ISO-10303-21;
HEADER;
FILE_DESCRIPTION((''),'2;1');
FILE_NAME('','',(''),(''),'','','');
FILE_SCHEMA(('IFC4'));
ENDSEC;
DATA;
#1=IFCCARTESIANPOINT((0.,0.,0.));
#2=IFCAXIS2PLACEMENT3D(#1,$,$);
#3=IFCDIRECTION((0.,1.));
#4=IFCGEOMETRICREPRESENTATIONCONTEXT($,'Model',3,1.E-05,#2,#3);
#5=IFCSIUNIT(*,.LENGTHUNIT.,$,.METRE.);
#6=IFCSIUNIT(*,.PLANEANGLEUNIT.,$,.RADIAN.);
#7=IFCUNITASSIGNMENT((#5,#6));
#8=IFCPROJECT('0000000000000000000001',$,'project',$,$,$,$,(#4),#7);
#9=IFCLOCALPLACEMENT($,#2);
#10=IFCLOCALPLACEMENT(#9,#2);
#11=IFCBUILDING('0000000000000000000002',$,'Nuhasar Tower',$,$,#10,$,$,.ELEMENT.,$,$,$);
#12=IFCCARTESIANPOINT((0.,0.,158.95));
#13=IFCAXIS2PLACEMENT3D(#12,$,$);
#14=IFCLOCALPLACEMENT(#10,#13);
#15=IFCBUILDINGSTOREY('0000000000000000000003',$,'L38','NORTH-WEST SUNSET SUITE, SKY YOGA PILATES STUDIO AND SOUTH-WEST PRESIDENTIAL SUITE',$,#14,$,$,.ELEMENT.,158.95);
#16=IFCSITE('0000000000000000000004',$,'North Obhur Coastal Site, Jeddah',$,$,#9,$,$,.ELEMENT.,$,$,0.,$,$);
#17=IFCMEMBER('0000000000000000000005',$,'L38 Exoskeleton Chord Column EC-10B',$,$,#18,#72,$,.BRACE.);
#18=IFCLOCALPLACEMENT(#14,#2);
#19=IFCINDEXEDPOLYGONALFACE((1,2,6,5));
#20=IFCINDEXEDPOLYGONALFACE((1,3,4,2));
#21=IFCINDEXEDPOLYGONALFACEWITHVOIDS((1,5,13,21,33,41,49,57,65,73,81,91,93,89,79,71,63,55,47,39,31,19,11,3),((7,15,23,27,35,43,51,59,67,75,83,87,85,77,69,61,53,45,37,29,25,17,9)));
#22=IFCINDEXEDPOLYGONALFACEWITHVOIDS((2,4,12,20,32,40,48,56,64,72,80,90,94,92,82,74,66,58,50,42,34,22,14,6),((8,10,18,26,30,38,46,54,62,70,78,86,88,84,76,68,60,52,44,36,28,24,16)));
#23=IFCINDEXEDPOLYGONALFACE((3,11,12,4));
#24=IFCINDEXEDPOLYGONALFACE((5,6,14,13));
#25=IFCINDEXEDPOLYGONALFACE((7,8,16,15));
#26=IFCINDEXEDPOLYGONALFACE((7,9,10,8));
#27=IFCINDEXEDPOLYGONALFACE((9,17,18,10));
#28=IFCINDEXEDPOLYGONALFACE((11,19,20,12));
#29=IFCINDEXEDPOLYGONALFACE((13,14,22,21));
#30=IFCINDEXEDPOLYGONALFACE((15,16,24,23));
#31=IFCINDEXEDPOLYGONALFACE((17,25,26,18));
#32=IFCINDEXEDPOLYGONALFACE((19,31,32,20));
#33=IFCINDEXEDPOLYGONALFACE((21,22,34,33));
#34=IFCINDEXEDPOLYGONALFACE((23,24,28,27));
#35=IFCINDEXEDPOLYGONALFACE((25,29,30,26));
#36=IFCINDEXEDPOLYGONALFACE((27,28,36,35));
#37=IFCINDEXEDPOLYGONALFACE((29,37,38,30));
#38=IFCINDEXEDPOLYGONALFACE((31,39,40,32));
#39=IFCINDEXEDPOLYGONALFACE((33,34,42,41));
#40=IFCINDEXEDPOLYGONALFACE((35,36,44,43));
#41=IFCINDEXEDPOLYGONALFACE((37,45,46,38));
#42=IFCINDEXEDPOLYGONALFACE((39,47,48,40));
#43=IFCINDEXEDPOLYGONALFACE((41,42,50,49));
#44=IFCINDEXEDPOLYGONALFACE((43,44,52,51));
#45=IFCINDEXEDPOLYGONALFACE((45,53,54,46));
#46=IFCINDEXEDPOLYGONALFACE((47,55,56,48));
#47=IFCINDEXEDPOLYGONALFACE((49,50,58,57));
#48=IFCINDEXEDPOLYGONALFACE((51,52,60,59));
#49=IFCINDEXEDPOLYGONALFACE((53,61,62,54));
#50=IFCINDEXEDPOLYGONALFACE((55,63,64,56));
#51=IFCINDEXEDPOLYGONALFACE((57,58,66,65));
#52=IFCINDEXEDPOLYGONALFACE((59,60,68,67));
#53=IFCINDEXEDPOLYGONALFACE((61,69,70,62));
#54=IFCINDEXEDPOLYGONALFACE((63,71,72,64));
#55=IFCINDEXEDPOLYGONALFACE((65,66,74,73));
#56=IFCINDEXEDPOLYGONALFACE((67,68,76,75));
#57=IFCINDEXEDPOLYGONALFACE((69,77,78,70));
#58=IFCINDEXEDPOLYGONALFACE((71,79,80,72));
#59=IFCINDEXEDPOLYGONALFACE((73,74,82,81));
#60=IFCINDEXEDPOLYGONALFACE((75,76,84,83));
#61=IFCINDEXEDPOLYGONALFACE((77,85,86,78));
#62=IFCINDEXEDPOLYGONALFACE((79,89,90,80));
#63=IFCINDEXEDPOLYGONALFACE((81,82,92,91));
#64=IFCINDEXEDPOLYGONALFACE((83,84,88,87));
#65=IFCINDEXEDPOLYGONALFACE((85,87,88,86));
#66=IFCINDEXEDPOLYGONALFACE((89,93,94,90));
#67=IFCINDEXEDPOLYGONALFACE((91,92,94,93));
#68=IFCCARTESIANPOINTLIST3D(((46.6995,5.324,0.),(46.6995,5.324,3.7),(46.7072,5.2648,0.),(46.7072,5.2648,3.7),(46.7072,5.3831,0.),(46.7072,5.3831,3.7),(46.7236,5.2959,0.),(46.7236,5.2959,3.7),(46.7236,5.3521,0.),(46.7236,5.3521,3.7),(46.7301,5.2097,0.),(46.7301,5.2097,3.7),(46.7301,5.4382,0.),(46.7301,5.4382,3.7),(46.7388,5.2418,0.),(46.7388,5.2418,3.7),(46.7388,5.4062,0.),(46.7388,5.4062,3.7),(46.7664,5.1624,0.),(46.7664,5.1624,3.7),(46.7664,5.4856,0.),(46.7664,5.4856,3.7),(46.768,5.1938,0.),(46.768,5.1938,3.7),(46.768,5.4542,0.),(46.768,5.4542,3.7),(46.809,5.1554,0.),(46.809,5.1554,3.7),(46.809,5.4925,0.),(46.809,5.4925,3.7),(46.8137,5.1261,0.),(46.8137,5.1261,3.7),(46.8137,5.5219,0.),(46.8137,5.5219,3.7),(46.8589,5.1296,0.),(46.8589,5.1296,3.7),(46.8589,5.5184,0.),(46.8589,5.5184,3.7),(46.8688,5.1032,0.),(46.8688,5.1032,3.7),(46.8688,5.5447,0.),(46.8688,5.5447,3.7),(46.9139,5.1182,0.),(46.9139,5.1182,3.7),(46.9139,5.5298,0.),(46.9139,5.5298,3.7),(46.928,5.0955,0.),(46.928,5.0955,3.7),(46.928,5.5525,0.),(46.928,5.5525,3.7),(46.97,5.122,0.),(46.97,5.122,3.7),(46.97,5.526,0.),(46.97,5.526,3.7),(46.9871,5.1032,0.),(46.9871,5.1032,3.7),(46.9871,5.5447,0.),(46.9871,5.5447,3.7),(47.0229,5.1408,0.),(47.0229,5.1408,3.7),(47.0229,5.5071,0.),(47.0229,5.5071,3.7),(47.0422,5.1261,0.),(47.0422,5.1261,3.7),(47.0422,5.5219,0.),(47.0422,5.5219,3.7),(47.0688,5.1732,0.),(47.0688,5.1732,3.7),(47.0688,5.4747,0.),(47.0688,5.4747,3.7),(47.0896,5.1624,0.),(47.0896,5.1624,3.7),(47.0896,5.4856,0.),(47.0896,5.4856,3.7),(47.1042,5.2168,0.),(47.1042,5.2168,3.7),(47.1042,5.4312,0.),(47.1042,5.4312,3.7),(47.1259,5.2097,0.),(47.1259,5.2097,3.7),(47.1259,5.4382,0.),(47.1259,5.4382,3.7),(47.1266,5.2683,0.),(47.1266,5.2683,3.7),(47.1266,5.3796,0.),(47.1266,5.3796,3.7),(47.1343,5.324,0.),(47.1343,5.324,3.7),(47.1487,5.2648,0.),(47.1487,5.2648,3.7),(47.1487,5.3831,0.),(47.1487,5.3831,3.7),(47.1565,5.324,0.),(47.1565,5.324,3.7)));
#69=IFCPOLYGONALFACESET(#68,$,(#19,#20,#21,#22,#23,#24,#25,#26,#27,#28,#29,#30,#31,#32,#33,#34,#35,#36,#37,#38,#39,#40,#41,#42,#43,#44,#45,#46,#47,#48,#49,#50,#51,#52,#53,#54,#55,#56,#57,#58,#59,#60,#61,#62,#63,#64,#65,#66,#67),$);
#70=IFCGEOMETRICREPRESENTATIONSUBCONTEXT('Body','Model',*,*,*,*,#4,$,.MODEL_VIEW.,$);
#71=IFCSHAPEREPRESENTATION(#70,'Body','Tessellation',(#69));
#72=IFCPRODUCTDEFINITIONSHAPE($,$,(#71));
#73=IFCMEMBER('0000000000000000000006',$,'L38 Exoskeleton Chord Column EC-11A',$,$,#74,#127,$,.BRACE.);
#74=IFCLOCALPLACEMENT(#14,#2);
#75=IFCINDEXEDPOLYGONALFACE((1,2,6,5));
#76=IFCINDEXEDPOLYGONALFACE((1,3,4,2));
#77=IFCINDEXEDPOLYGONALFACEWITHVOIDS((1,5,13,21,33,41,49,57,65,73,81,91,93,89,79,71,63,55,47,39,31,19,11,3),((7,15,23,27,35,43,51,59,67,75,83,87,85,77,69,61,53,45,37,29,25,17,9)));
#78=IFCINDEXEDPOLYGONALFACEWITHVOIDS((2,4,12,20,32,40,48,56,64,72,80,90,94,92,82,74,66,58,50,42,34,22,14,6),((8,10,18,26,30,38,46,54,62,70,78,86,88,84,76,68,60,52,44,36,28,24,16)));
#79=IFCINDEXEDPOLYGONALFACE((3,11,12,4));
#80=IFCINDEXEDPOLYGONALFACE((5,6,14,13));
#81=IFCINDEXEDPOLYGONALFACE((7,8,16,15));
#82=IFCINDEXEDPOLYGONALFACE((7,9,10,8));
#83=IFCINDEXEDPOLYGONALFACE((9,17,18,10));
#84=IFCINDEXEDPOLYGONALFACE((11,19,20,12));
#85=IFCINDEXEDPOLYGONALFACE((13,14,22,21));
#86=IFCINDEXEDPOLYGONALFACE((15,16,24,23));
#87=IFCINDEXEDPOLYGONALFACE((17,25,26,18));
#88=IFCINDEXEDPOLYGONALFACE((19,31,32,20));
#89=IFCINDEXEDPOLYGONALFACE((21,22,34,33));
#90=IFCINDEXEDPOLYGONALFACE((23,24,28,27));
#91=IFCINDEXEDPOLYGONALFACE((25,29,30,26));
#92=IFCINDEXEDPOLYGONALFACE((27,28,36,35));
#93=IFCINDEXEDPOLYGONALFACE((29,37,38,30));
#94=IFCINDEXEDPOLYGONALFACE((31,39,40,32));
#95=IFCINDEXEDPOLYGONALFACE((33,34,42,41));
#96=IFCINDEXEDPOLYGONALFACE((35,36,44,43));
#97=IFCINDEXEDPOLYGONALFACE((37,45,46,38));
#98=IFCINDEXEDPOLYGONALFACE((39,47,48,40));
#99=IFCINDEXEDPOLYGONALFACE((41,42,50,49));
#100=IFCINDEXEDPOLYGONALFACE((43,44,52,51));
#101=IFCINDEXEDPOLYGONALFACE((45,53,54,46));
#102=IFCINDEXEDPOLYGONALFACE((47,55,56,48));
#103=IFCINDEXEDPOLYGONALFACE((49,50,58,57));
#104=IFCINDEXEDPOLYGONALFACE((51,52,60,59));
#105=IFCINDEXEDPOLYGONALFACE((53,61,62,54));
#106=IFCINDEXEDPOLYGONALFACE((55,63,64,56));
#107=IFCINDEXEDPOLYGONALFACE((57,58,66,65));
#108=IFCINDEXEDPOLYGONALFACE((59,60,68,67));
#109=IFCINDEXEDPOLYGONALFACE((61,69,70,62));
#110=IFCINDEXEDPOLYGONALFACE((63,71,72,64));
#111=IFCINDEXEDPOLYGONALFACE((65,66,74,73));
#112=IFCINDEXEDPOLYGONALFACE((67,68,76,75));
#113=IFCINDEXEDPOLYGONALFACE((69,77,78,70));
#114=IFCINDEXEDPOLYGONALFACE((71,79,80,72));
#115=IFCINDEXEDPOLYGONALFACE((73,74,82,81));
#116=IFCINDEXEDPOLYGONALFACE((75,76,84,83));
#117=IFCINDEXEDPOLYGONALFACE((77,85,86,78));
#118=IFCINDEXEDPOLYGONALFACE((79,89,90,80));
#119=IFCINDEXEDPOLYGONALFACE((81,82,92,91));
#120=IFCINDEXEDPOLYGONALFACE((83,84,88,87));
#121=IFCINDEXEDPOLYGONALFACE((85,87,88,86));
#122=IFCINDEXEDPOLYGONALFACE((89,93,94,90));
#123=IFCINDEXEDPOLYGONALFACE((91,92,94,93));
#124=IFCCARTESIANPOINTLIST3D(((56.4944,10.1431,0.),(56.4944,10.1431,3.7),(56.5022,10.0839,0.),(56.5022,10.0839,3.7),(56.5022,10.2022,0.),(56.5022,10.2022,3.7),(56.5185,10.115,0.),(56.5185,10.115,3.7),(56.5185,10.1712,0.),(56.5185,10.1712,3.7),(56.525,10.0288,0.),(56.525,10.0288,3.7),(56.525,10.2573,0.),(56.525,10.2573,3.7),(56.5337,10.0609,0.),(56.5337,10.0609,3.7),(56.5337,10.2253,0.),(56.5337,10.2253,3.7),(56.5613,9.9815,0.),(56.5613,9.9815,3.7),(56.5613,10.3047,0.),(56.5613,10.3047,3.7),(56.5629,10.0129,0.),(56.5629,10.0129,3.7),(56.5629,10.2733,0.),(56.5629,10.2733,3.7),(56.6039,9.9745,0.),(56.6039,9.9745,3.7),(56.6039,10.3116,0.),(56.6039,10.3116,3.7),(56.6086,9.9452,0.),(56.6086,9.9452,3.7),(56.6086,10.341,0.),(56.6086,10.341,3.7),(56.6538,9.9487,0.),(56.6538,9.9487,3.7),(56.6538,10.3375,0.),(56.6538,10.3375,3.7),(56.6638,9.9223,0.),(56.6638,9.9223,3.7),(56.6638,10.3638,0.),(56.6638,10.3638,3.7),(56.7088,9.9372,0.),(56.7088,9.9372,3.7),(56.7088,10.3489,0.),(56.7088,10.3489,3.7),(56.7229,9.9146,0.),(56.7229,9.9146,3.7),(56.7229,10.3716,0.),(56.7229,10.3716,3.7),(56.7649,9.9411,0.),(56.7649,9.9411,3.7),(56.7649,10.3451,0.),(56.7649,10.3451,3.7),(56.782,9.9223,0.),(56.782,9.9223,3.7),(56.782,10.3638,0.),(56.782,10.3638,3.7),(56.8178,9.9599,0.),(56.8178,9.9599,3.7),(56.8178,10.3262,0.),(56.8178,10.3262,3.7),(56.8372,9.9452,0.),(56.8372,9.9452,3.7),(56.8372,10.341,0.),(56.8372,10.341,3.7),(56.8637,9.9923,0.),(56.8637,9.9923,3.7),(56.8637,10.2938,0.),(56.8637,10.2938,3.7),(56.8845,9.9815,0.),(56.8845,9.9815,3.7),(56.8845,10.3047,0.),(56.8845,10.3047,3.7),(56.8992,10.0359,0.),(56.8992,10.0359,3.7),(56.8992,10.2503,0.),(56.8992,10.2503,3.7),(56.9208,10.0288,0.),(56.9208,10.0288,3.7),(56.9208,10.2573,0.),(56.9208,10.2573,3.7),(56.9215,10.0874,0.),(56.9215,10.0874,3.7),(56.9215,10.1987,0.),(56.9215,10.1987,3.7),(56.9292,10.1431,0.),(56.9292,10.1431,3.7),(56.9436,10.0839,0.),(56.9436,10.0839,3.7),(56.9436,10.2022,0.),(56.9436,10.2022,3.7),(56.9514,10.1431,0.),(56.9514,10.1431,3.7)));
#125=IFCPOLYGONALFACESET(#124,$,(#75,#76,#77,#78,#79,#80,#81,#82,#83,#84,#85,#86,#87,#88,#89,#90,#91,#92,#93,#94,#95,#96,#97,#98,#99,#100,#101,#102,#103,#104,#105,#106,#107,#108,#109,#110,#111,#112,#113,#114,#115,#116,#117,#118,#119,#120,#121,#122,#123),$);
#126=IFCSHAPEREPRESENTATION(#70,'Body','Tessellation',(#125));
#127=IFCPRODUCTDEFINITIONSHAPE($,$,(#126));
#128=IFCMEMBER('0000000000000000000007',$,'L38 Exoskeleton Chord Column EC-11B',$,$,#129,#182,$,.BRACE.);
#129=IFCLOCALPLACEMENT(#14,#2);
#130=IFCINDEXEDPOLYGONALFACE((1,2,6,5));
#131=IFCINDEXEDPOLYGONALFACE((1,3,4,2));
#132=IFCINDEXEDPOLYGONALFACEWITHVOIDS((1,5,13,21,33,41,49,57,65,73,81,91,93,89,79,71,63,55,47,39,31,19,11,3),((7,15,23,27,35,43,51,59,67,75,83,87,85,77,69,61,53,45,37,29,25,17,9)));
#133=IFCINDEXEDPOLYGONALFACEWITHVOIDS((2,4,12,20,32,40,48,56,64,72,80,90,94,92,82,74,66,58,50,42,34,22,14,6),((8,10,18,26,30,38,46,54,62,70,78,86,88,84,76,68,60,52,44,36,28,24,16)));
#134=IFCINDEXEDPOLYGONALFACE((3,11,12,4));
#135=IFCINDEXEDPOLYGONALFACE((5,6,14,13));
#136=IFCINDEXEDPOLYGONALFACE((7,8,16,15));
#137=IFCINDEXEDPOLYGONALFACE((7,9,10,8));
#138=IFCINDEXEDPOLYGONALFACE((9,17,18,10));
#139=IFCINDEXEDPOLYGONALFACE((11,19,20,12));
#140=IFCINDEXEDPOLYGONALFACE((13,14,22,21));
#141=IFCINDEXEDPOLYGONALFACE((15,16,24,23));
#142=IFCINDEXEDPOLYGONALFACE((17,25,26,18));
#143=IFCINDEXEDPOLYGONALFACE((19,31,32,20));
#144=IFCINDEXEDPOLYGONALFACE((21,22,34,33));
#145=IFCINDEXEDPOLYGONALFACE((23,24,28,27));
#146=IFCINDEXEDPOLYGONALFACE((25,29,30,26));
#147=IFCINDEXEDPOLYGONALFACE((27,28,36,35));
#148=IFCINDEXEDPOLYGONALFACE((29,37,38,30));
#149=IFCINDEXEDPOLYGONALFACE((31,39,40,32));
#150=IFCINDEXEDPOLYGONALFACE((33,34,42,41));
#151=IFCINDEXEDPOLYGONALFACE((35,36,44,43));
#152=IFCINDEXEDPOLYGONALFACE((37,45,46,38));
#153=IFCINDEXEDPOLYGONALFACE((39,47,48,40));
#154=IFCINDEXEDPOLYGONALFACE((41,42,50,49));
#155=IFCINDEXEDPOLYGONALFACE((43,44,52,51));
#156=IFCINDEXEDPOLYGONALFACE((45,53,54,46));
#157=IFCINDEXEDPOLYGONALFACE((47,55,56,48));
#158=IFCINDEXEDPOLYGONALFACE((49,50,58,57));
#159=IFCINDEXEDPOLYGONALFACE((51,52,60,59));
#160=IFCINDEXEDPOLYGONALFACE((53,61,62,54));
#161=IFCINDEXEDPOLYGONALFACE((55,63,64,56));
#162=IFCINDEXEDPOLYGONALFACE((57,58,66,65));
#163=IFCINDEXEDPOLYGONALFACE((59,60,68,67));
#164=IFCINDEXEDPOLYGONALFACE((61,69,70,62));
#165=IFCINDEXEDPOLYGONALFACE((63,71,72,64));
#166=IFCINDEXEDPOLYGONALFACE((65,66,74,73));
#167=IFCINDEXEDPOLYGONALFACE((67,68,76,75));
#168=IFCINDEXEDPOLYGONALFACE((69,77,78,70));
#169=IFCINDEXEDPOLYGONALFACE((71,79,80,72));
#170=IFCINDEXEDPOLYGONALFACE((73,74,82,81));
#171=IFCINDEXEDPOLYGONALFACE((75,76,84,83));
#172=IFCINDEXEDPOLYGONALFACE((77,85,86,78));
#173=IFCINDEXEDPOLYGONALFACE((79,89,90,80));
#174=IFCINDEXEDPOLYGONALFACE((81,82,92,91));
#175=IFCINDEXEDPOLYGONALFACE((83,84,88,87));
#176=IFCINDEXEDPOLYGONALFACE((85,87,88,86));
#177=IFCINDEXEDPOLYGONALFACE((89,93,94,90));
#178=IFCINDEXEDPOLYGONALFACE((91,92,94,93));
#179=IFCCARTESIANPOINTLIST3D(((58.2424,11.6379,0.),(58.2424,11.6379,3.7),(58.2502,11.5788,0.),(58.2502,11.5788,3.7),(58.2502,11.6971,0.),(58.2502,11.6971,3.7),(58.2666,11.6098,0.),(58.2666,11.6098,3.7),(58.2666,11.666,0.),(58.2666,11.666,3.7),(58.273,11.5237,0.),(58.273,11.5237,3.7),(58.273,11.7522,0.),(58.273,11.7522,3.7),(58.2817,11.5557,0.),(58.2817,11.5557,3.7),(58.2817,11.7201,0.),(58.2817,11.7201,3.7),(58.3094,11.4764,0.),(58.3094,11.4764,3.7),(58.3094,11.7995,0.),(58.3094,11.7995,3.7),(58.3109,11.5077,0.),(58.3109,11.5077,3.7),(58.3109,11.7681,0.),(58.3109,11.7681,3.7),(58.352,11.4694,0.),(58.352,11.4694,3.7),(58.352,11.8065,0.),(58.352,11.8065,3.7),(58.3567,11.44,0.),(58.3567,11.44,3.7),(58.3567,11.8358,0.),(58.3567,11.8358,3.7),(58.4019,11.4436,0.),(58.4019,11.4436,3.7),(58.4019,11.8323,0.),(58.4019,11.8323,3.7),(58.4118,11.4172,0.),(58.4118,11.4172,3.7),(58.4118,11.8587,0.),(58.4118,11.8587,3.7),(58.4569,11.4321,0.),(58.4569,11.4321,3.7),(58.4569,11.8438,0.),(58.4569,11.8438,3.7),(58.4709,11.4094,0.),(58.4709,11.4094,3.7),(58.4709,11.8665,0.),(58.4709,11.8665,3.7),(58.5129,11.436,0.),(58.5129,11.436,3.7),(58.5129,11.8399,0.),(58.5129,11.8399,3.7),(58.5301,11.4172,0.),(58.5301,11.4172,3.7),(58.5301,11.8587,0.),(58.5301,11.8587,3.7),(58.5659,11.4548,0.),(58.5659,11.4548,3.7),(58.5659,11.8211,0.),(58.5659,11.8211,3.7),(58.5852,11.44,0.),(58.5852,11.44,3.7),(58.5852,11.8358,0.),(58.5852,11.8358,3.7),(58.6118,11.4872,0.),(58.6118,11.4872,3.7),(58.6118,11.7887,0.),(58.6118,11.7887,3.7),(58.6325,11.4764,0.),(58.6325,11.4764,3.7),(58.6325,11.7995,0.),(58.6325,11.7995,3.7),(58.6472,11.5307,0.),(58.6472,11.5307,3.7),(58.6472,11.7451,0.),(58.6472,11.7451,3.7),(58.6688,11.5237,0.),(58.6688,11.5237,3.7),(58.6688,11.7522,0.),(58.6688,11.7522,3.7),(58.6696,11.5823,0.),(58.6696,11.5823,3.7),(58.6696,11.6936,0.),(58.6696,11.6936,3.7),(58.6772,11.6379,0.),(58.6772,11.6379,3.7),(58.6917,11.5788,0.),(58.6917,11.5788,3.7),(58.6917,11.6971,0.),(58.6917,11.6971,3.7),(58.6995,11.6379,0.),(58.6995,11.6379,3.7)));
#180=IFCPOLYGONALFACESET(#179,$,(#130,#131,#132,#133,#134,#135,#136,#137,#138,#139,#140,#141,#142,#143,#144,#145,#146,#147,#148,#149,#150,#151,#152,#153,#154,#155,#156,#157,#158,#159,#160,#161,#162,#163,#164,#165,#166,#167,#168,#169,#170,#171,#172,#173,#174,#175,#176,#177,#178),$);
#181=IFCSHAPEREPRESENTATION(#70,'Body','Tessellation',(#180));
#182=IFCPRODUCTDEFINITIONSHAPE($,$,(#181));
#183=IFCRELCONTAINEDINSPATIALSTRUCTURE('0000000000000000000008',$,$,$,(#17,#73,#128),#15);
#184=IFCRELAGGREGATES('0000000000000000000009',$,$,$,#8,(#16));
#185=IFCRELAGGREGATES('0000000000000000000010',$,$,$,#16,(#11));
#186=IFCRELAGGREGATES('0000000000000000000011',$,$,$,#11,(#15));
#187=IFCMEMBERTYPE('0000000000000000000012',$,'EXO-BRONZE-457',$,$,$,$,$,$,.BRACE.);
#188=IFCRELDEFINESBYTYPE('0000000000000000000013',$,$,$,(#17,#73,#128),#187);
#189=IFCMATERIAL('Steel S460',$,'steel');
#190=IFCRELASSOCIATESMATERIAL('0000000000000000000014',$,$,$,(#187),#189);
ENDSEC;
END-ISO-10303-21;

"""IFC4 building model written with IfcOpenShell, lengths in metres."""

from ifc_helpers import new_model, si_unit, direction, frame, origin, origin_2d, place, context, subcontext, project, spatial, hollow_circle, extrude, material, material_profile, profile_set, type_object, element, save


model = new_model("IFC4")

# Units and contexts
model_context = context("Model", 3, precision=1e-05, world=origin(), true_north=direction((0.0, 1.0)))
body_context = subcontext(model_context, "Body", "Model", "MODEL_VIEW")
ifc_project = project(units=[si_unit("LENGTHUNIT", "METRE"), si_unit("PLANEANGLEUNIT", "RADIAN")], contexts=[model_context])

# Site, building, storey
site_placement = place(None, origin())
site = spatial("IfcSite", under=ifc_project, at=site_placement, Name="North Obhur Coastal Site, Jeddah", CompositionType="ELEMENT", RefElevation=0.0)
building_placement = place(site_placement, origin())
building = spatial("IfcBuilding", under=site, at=building_placement, Name="Nuhasar Tower", CompositionType="ELEMENT")
storey_placement = place(building_placement, frame((0.0, 0.0, 158.95)))
storey = spatial("IfcBuildingStorey", under=building, at=storey_placement, Name="L38", Description="NORTH-WEST SUNSET SUITE, SKY YOGA PILATES STUDIO AND SOUTH-WEST PRESIDENTIAL SUITE", CompositionType="ELEMENT", Elevation=158.95)

# Members
ifc_material_1 = material(Name="Steel S460", Category="steel")
ifc_material_profile_1 = material_profile(ifc_material_1, hollow_circle(Radius=0.2285, WallThickness=0.0222, at=origin_2d()), Name="HSS457X22.2")
ifc_profile_set_1 = profile_set([ifc_material_profile_1], Name="Steel S460")
member_type_1 = type_object("IfcMemberType", Name="EXO-BRONZE-457", PredefinedType="BRACE", material=ifc_profile_set_1)
for number, where, z_axis, x_axis, name in (
    (1, (46.928, 5.324, 0.0), (0.0, 0.0, 1.0), (1.0, 0.0, 0.0), "L38 Exoskeleton Chord Column EC-10B"),
    (2, (56.7229, 10.1431, 0.0), (0.0, 0.0, 1.0), (1.0, 0.0, 0.0), "L38 Exoskeleton Chord Column EC-11A"),
    (3, (58.4709, 11.6379, 0.0), (0.0, 0.0, 1.0), (1.0, 0.0, 0.0), "L38 Exoskeleton Chord Column EC-11B"),
):
    element("IfcMember", number, at=place(storey_placement, frame(where, z_axis=z_axis, x_axis=x_axis)), inside=storey, type_object=member_type_1, Name=name, PredefinedType="BRACE", context=body_context, shape_type="SweptSolid", body=[
        extrude(hollow_circle(Radius=0.2285, WallThickness=0.0222, at=origin_2d()), origin(), (0.0, 0.0, 1.0), 3.7),
    ])

save(model, "model.ifc")
